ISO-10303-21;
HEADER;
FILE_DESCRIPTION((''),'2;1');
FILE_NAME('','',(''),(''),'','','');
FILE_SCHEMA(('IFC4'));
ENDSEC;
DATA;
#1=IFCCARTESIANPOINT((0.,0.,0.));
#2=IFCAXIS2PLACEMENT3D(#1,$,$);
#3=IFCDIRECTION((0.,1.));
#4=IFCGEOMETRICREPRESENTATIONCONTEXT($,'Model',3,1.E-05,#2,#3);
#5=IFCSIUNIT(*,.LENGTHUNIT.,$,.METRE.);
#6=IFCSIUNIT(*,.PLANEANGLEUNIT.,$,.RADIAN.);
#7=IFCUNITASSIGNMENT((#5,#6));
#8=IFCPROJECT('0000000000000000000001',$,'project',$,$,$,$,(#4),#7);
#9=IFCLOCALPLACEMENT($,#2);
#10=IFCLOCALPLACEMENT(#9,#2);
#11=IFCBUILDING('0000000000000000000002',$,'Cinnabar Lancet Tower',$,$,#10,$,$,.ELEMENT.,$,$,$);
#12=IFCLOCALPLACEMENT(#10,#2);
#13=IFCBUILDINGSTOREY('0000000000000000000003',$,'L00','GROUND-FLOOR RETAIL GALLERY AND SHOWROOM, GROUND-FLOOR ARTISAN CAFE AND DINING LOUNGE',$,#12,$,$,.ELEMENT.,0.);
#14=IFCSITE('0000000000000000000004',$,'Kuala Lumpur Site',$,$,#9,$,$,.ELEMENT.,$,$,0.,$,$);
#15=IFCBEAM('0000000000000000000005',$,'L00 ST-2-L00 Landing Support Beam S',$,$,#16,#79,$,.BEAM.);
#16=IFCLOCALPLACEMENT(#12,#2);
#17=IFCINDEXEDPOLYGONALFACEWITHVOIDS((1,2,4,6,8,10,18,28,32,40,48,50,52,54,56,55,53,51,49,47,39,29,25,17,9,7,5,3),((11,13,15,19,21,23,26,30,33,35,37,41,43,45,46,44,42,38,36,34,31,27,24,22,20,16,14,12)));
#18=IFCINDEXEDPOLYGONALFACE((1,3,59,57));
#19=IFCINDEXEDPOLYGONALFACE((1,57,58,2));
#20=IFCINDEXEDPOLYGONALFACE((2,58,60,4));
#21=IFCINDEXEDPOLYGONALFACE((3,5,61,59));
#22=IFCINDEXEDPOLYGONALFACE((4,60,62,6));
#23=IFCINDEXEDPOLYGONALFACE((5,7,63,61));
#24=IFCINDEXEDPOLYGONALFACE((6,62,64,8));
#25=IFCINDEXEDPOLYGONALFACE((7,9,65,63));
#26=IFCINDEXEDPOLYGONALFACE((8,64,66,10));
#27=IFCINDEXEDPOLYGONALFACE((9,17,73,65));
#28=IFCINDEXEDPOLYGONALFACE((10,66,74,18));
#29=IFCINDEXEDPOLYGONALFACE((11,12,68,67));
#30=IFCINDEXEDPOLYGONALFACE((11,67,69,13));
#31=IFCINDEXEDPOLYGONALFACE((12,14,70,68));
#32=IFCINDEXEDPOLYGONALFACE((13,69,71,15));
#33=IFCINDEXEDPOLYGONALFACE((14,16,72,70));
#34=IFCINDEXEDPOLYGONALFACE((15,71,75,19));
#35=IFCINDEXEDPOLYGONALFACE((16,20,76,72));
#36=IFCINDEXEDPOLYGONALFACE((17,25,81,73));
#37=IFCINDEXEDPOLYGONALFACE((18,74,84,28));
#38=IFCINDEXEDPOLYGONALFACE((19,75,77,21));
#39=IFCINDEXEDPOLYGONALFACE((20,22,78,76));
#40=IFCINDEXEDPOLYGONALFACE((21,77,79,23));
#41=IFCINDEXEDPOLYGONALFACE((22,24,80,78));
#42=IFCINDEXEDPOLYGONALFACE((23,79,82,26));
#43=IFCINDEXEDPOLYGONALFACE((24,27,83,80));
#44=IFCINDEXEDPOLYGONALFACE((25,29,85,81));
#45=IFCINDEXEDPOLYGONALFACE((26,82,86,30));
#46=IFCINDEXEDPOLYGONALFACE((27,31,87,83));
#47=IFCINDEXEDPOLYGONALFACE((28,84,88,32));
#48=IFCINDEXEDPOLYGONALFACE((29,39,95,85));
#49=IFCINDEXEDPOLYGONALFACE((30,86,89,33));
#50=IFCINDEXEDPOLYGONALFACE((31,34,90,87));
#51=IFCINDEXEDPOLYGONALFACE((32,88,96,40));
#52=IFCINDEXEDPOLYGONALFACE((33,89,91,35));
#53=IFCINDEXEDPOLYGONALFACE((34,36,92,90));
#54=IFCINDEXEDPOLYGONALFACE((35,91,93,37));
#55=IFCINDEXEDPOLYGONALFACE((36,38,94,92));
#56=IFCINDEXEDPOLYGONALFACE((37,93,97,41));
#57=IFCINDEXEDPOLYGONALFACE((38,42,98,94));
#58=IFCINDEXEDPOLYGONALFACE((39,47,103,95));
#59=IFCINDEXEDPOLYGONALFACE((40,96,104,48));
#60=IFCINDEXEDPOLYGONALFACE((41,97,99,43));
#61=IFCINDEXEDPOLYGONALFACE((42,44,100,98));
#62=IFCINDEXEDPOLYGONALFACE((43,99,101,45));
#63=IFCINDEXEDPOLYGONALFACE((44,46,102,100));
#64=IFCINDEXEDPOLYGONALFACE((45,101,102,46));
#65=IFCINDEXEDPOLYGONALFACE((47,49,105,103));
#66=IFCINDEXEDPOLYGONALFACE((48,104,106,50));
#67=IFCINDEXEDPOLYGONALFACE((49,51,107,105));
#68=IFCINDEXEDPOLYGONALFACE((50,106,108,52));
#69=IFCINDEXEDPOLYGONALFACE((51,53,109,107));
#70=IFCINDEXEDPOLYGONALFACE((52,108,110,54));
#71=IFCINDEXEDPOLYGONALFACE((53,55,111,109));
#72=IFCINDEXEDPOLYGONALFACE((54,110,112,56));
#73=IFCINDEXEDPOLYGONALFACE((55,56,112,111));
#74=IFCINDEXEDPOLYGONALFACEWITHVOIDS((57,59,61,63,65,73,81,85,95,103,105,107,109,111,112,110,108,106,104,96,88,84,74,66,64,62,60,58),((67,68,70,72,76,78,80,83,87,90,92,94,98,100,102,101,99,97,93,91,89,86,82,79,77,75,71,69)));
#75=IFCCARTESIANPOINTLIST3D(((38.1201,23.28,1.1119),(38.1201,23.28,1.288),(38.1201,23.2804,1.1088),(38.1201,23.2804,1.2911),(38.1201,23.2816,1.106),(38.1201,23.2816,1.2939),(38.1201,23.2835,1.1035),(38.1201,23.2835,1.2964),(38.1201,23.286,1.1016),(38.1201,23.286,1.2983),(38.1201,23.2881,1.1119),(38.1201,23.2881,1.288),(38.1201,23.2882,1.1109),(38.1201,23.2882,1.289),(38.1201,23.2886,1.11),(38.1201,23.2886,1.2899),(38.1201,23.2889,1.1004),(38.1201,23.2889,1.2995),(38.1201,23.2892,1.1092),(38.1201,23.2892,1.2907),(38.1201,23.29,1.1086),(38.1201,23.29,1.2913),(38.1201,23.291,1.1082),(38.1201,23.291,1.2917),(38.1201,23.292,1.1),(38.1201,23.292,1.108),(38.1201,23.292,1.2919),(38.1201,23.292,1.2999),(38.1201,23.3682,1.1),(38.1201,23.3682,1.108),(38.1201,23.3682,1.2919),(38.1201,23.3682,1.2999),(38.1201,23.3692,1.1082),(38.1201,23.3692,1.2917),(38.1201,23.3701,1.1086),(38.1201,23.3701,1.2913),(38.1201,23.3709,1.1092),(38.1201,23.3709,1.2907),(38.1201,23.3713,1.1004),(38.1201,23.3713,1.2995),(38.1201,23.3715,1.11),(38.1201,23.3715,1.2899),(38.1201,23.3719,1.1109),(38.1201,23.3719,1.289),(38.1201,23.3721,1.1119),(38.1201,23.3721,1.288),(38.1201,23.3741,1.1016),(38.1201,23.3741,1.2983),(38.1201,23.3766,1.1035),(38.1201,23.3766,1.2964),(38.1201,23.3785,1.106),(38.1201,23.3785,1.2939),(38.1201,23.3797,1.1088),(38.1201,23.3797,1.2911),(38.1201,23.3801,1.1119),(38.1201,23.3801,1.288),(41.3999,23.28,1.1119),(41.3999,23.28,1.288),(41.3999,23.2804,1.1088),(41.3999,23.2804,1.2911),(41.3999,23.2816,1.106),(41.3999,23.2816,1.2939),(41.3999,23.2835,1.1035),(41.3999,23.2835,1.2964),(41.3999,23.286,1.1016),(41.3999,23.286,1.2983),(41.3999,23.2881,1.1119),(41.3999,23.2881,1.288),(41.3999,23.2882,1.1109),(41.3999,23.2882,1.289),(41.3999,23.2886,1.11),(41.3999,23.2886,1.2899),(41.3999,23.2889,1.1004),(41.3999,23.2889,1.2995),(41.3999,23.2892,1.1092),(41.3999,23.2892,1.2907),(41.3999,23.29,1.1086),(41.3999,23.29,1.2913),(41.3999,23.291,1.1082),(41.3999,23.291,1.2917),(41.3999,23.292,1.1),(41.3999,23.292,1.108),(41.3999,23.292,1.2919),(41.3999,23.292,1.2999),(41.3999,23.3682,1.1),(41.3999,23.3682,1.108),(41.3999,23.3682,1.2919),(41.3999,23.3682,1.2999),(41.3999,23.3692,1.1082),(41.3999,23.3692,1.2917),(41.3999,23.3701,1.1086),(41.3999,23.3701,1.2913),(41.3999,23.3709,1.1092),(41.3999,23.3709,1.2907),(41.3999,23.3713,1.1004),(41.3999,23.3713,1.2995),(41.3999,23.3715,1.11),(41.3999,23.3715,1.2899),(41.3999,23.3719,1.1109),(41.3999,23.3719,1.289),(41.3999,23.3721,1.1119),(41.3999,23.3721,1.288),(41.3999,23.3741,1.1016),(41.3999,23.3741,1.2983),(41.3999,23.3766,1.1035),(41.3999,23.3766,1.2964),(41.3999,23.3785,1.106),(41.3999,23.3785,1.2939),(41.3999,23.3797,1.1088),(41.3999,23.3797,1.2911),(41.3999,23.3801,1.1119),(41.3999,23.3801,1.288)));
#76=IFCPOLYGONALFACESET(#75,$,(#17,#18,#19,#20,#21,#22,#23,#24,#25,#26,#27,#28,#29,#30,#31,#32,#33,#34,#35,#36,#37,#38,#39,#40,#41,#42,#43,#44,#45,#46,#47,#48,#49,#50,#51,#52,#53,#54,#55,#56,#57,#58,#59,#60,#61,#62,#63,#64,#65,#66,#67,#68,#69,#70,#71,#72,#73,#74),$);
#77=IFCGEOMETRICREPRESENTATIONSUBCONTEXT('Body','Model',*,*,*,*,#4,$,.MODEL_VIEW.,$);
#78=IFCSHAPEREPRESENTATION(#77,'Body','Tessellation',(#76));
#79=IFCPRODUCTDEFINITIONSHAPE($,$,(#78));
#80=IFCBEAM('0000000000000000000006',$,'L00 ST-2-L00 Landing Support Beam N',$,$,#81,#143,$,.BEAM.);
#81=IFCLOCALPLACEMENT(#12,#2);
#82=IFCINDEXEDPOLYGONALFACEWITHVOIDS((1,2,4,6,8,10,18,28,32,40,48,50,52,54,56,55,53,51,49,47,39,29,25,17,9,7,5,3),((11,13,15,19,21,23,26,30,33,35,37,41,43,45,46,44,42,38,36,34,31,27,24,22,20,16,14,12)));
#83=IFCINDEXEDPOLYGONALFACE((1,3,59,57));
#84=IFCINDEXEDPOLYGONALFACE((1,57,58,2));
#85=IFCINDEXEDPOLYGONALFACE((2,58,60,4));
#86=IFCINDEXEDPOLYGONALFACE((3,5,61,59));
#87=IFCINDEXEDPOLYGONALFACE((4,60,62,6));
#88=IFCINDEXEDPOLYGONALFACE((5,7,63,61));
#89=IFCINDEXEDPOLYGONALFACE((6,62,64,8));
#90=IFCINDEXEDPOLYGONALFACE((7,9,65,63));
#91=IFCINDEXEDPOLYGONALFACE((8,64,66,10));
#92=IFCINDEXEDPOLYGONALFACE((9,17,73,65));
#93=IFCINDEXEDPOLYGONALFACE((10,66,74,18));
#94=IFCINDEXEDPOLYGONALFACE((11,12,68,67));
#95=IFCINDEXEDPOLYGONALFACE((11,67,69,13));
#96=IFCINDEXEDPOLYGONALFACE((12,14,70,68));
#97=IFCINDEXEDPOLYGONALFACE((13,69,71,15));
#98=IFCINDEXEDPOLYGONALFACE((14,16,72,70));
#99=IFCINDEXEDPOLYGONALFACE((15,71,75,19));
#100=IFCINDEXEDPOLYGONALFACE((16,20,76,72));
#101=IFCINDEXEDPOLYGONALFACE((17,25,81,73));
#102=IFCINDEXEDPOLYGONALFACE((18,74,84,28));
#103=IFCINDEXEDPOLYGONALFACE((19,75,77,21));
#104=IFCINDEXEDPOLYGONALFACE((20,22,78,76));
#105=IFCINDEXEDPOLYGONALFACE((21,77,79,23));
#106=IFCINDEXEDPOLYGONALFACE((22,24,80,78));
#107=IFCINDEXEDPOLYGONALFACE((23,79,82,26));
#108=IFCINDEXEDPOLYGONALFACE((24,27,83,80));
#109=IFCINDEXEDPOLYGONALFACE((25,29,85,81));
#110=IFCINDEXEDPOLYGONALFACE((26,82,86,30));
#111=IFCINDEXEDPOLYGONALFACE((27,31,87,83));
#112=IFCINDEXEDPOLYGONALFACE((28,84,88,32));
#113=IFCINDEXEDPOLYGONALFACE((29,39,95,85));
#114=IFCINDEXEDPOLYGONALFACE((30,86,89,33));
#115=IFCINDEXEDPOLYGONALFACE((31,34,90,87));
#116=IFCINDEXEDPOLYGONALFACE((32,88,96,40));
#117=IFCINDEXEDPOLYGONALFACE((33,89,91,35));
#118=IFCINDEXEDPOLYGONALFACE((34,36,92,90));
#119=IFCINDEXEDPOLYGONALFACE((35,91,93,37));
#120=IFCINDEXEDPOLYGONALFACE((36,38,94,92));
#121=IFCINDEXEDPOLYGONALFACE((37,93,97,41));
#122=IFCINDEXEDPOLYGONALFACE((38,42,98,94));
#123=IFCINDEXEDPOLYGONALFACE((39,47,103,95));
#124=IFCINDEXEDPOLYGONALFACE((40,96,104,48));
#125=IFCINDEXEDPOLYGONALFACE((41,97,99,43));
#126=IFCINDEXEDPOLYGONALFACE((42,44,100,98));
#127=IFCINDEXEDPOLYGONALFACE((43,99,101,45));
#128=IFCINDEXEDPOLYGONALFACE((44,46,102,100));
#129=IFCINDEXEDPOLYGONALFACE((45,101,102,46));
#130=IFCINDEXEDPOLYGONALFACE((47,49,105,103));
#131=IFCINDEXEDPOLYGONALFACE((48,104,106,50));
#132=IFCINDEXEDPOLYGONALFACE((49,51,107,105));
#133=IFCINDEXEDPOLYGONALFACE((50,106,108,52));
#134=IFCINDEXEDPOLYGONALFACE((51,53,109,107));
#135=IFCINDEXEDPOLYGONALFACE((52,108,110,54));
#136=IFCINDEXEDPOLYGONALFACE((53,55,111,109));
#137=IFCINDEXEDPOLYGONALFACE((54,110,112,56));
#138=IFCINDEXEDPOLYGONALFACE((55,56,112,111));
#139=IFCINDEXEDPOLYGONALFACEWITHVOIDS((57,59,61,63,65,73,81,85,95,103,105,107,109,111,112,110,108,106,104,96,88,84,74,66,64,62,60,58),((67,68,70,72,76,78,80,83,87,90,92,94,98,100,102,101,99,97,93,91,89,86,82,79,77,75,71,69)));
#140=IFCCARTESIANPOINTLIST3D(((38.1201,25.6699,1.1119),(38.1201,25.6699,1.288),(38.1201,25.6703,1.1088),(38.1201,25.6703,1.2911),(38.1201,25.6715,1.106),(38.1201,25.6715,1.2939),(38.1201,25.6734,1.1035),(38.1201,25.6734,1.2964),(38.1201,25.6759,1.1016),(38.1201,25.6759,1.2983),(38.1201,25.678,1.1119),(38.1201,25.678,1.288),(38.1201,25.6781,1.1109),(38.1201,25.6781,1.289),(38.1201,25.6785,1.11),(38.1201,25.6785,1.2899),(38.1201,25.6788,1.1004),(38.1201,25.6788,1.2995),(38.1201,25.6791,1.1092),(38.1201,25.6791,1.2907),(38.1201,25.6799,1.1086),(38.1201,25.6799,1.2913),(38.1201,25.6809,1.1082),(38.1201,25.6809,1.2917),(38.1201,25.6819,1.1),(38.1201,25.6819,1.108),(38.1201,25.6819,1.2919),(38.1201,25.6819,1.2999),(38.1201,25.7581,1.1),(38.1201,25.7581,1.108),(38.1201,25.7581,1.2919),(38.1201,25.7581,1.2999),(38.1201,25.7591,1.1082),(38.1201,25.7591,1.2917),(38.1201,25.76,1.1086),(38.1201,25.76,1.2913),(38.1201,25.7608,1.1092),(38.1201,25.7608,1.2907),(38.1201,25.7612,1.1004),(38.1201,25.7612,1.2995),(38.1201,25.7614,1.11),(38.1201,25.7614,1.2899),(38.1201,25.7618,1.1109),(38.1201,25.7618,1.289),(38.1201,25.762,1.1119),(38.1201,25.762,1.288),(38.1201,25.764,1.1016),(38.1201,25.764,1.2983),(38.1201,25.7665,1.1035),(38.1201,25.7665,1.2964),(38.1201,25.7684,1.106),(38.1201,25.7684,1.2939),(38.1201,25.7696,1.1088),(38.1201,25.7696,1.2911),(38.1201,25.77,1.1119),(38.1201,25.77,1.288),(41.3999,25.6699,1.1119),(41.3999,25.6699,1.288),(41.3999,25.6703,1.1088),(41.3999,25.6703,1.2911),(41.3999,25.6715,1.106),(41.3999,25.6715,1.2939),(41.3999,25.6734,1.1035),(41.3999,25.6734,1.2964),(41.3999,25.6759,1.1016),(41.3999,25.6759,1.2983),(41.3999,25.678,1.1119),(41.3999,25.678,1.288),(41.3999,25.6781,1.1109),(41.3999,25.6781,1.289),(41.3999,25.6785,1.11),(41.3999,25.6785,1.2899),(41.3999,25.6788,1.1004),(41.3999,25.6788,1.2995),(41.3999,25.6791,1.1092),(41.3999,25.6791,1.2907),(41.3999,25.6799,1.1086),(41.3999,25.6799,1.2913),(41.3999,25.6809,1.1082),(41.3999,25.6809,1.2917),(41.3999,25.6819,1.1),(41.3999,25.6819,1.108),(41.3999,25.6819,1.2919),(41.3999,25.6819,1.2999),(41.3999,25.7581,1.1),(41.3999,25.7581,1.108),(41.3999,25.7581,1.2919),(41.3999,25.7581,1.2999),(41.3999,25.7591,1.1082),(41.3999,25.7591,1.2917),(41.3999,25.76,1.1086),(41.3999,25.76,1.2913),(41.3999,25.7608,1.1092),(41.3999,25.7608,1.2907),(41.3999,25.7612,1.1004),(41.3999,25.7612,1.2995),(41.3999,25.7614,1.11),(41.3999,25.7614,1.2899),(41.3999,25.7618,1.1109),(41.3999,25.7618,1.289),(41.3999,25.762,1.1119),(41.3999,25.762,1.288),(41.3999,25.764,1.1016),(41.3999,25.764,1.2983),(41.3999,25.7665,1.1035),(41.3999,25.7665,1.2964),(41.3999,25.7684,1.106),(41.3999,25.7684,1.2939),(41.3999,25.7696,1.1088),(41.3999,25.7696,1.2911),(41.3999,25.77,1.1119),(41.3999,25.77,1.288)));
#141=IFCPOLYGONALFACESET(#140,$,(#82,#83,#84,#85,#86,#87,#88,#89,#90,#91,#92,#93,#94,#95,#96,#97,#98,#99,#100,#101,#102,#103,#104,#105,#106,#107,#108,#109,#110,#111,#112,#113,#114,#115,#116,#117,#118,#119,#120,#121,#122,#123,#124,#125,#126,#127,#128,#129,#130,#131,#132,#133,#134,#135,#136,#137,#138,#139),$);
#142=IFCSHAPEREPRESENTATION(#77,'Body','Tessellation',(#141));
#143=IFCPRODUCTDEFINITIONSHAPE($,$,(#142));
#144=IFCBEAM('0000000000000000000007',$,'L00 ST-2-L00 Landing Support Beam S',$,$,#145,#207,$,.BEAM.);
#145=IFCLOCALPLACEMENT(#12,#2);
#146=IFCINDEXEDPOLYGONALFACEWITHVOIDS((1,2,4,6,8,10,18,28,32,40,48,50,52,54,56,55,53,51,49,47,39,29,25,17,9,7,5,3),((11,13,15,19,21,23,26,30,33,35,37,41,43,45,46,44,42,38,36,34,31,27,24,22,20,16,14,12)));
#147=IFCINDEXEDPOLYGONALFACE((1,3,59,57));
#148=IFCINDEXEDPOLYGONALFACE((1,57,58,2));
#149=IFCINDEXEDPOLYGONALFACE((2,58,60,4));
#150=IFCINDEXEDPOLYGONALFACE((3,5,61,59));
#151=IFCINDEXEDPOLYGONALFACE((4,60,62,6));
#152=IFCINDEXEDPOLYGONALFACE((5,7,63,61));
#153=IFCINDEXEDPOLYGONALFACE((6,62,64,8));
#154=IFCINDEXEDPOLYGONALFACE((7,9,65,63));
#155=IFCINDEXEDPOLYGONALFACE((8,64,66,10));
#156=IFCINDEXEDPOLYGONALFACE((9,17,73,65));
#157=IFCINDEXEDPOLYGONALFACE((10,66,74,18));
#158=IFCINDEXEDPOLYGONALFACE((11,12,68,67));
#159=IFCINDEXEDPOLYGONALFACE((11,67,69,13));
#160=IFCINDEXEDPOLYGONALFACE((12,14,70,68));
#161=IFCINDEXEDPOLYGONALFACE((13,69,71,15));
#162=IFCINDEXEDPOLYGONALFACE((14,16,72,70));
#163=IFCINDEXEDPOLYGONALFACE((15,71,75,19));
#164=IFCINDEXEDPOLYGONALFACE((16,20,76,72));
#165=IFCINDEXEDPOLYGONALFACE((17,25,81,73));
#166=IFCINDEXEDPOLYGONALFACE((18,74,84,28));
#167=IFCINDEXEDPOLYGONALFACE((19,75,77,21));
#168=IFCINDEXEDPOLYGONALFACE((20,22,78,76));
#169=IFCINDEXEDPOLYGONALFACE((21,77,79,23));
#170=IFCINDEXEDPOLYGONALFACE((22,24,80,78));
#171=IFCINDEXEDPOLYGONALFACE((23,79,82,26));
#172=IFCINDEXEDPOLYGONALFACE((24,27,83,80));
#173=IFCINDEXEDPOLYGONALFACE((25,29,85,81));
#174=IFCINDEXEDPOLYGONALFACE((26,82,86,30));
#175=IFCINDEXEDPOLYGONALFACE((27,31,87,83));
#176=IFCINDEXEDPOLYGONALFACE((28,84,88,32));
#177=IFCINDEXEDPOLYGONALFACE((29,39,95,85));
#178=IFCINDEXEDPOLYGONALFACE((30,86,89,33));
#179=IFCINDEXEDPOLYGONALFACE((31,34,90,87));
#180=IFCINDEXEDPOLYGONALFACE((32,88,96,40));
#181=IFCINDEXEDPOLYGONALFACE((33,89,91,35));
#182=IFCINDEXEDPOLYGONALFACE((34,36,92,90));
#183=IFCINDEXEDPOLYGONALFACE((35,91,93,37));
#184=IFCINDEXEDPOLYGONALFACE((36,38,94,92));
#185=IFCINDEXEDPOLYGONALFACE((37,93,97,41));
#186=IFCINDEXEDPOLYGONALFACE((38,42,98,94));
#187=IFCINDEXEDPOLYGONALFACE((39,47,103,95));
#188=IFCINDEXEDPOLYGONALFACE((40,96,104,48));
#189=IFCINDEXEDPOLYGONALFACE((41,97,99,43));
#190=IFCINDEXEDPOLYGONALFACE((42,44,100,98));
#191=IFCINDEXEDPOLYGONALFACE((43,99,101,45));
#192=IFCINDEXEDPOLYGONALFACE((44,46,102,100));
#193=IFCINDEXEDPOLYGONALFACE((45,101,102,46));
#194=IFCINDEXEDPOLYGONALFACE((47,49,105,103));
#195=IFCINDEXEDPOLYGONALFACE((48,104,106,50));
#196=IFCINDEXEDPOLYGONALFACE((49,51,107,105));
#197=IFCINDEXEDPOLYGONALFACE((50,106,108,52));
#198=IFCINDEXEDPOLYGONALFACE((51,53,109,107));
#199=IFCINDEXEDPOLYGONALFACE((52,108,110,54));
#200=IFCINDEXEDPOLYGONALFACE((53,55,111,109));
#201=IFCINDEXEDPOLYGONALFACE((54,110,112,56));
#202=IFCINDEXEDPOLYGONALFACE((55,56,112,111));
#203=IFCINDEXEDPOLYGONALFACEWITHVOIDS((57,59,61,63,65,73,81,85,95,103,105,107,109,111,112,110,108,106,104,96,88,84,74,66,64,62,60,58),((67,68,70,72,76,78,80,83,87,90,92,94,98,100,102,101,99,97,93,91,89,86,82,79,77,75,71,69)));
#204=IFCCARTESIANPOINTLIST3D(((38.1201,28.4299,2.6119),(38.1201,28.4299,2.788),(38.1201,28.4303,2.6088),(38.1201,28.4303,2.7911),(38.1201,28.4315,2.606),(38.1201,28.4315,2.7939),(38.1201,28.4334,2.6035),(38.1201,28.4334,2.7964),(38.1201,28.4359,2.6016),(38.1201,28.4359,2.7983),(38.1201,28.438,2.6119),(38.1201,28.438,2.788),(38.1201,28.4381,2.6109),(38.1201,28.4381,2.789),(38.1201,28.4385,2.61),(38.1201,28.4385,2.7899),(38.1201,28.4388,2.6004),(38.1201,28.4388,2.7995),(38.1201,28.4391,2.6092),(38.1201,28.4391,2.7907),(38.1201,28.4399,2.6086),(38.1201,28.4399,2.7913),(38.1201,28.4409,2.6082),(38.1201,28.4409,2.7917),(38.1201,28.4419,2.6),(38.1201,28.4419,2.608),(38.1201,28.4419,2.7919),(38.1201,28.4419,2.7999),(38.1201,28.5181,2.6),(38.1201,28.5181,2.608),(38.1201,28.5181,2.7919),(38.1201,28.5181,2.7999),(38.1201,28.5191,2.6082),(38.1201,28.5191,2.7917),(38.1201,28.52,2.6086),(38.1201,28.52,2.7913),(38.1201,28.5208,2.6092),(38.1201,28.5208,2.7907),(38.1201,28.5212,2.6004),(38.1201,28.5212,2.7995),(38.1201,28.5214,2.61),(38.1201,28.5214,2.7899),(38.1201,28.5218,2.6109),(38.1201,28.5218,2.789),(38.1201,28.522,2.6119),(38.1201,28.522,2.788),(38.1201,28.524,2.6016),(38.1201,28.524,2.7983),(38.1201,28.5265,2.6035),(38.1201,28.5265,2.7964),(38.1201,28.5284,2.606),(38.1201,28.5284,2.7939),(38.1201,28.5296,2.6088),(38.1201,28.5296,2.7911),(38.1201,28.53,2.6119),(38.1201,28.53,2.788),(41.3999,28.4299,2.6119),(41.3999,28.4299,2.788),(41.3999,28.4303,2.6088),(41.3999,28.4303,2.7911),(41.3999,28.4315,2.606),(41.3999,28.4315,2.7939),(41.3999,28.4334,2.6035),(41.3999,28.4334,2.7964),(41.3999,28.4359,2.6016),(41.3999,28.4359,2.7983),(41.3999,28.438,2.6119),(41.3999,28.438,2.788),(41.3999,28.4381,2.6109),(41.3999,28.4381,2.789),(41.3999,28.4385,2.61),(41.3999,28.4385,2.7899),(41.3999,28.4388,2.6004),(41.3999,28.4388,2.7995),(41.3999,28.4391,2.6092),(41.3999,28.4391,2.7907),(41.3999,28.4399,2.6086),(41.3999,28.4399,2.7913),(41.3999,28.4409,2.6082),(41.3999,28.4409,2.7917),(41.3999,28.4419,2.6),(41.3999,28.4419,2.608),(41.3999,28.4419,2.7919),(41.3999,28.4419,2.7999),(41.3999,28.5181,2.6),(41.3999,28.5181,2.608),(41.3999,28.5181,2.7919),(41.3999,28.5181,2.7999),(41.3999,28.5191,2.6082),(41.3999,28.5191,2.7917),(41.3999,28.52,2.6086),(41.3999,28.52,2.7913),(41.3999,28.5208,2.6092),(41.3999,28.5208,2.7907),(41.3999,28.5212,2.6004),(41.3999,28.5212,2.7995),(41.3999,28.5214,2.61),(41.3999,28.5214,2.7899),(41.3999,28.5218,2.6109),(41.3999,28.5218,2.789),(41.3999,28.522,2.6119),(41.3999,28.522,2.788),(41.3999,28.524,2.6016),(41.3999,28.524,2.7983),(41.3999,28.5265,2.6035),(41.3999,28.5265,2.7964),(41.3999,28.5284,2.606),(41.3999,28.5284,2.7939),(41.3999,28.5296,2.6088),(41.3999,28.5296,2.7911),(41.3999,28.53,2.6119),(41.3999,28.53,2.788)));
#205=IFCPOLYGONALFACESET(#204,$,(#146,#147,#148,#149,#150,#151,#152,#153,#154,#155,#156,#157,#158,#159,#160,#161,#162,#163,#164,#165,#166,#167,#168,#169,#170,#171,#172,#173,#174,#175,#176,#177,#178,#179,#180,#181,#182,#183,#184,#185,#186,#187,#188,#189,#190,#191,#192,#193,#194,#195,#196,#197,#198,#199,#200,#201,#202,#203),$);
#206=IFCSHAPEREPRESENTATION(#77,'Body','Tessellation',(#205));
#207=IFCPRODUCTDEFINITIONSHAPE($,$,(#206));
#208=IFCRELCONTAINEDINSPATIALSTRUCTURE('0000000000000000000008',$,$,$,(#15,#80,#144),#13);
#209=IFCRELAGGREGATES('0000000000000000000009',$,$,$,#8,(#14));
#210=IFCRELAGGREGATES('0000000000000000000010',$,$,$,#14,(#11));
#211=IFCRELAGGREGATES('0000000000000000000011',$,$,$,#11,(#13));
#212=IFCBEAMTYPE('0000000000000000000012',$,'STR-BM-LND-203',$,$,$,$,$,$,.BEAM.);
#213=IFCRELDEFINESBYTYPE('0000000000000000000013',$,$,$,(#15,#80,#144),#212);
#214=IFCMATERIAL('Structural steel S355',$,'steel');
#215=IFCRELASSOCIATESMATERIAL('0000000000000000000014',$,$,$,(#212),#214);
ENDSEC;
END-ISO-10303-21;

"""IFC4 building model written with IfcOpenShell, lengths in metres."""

from ifc_helpers import new_model, si_unit, direction, frame, origin, origin_2d, place, context, subcontext, project, spatial, hollow_rectangle, extrude, material, material_profile, profile_set, type_object, element, save


model = new_model("IFC4")

# Units and contexts
model_context = context("Model", 3, precision=1e-05, world=origin(), true_north=direction((0.0, 1.0)))
body_context = subcontext(model_context, "Body", "Model", "MODEL_VIEW")
ifc_project = project(units=[si_unit("LENGTHUNIT", "METRE"), si_unit("PLANEANGLEUNIT", "RADIAN")], contexts=[model_context])

# Site, building, storey
site_placement = place(None, origin())
site = spatial("IfcSite", under=ifc_project, at=site_placement, Name="Kuala Lumpur Site", CompositionType="ELEMENT", RefElevation=0.0)
building_placement = place(site_placement, origin())
building = spatial("IfcBuilding", under=site, at=building_placement, Name="Cinnabar Lancet Tower", CompositionType="ELEMENT")
storey_placement = place(building_placement, origin())
storey = spatial("IfcBuildingStorey", under=building, at=storey_placement, Name="L00", Description="GROUND-FLOOR RETAIL GALLERY AND SHOWROOM, GROUND-FLOOR ARTISAN CAFE AND DINING LOUNGE", CompositionType="ELEMENT", Elevation=0.0)

# Beams
ifc_material_1 = material(Name="Structural steel S355", Category="steel")
ifc_material_profile = material_profile(ifc_material_1, hollow_rectangle(XDim=0.1001, YDim=0.2, WallThickness=0.0081, InnerFilletRadius=0.0039, OuterFilletRadius=0.012, at=origin_2d()), Name="RHS 200x100x8")
ifc_profile_set = profile_set([ifc_material_profile], Name="Structural steel S355")
beam_type = type_object("IfcBeamType", Name="STR-BM-LND-203", PredefinedType="BEAM", material=ifc_profile_set)
for number, where, z_axis, x_axis, name in (
    (1, (38.1201, 23.3301, 1.2), (1.0, 0.0, 0.0), (0.0, 1.0, 0.0), "L00 ST-2-L00 Landing Support Beam S"),
    (2, (38.1201, 25.72, 1.2), (1.0, 0.0, 0.0), (0.0, 1.0, 0.0), "L00 ST-2-L00 Landing Support Beam N"),
    (3, (38.1201, 28.48, 2.7), (1.0, 0.0, 0.0), (0.0, 1.0, 0.0), "L00 ST-2-L00 Landing Support Beam S"),
):
    element("IfcBeam", number, at=place(storey_placement, frame(where, z_axis=z_axis, x_axis=x_axis)), inside=storey, type_object=beam_type, Name=name, PredefinedType="BEAM", context=body_context, shape_type="SweptSolid", body=[
        extrude(hollow_rectangle(XDim=0.1001, YDim=0.2, WallThickness=0.0081, InnerFilletRadius=0.0039, OuterFilletRadius=0.012, at=origin_2d()), origin(), (0.0, 0.0, 1.0), 3.2798),
    ])

save(model, "model.ifc")
